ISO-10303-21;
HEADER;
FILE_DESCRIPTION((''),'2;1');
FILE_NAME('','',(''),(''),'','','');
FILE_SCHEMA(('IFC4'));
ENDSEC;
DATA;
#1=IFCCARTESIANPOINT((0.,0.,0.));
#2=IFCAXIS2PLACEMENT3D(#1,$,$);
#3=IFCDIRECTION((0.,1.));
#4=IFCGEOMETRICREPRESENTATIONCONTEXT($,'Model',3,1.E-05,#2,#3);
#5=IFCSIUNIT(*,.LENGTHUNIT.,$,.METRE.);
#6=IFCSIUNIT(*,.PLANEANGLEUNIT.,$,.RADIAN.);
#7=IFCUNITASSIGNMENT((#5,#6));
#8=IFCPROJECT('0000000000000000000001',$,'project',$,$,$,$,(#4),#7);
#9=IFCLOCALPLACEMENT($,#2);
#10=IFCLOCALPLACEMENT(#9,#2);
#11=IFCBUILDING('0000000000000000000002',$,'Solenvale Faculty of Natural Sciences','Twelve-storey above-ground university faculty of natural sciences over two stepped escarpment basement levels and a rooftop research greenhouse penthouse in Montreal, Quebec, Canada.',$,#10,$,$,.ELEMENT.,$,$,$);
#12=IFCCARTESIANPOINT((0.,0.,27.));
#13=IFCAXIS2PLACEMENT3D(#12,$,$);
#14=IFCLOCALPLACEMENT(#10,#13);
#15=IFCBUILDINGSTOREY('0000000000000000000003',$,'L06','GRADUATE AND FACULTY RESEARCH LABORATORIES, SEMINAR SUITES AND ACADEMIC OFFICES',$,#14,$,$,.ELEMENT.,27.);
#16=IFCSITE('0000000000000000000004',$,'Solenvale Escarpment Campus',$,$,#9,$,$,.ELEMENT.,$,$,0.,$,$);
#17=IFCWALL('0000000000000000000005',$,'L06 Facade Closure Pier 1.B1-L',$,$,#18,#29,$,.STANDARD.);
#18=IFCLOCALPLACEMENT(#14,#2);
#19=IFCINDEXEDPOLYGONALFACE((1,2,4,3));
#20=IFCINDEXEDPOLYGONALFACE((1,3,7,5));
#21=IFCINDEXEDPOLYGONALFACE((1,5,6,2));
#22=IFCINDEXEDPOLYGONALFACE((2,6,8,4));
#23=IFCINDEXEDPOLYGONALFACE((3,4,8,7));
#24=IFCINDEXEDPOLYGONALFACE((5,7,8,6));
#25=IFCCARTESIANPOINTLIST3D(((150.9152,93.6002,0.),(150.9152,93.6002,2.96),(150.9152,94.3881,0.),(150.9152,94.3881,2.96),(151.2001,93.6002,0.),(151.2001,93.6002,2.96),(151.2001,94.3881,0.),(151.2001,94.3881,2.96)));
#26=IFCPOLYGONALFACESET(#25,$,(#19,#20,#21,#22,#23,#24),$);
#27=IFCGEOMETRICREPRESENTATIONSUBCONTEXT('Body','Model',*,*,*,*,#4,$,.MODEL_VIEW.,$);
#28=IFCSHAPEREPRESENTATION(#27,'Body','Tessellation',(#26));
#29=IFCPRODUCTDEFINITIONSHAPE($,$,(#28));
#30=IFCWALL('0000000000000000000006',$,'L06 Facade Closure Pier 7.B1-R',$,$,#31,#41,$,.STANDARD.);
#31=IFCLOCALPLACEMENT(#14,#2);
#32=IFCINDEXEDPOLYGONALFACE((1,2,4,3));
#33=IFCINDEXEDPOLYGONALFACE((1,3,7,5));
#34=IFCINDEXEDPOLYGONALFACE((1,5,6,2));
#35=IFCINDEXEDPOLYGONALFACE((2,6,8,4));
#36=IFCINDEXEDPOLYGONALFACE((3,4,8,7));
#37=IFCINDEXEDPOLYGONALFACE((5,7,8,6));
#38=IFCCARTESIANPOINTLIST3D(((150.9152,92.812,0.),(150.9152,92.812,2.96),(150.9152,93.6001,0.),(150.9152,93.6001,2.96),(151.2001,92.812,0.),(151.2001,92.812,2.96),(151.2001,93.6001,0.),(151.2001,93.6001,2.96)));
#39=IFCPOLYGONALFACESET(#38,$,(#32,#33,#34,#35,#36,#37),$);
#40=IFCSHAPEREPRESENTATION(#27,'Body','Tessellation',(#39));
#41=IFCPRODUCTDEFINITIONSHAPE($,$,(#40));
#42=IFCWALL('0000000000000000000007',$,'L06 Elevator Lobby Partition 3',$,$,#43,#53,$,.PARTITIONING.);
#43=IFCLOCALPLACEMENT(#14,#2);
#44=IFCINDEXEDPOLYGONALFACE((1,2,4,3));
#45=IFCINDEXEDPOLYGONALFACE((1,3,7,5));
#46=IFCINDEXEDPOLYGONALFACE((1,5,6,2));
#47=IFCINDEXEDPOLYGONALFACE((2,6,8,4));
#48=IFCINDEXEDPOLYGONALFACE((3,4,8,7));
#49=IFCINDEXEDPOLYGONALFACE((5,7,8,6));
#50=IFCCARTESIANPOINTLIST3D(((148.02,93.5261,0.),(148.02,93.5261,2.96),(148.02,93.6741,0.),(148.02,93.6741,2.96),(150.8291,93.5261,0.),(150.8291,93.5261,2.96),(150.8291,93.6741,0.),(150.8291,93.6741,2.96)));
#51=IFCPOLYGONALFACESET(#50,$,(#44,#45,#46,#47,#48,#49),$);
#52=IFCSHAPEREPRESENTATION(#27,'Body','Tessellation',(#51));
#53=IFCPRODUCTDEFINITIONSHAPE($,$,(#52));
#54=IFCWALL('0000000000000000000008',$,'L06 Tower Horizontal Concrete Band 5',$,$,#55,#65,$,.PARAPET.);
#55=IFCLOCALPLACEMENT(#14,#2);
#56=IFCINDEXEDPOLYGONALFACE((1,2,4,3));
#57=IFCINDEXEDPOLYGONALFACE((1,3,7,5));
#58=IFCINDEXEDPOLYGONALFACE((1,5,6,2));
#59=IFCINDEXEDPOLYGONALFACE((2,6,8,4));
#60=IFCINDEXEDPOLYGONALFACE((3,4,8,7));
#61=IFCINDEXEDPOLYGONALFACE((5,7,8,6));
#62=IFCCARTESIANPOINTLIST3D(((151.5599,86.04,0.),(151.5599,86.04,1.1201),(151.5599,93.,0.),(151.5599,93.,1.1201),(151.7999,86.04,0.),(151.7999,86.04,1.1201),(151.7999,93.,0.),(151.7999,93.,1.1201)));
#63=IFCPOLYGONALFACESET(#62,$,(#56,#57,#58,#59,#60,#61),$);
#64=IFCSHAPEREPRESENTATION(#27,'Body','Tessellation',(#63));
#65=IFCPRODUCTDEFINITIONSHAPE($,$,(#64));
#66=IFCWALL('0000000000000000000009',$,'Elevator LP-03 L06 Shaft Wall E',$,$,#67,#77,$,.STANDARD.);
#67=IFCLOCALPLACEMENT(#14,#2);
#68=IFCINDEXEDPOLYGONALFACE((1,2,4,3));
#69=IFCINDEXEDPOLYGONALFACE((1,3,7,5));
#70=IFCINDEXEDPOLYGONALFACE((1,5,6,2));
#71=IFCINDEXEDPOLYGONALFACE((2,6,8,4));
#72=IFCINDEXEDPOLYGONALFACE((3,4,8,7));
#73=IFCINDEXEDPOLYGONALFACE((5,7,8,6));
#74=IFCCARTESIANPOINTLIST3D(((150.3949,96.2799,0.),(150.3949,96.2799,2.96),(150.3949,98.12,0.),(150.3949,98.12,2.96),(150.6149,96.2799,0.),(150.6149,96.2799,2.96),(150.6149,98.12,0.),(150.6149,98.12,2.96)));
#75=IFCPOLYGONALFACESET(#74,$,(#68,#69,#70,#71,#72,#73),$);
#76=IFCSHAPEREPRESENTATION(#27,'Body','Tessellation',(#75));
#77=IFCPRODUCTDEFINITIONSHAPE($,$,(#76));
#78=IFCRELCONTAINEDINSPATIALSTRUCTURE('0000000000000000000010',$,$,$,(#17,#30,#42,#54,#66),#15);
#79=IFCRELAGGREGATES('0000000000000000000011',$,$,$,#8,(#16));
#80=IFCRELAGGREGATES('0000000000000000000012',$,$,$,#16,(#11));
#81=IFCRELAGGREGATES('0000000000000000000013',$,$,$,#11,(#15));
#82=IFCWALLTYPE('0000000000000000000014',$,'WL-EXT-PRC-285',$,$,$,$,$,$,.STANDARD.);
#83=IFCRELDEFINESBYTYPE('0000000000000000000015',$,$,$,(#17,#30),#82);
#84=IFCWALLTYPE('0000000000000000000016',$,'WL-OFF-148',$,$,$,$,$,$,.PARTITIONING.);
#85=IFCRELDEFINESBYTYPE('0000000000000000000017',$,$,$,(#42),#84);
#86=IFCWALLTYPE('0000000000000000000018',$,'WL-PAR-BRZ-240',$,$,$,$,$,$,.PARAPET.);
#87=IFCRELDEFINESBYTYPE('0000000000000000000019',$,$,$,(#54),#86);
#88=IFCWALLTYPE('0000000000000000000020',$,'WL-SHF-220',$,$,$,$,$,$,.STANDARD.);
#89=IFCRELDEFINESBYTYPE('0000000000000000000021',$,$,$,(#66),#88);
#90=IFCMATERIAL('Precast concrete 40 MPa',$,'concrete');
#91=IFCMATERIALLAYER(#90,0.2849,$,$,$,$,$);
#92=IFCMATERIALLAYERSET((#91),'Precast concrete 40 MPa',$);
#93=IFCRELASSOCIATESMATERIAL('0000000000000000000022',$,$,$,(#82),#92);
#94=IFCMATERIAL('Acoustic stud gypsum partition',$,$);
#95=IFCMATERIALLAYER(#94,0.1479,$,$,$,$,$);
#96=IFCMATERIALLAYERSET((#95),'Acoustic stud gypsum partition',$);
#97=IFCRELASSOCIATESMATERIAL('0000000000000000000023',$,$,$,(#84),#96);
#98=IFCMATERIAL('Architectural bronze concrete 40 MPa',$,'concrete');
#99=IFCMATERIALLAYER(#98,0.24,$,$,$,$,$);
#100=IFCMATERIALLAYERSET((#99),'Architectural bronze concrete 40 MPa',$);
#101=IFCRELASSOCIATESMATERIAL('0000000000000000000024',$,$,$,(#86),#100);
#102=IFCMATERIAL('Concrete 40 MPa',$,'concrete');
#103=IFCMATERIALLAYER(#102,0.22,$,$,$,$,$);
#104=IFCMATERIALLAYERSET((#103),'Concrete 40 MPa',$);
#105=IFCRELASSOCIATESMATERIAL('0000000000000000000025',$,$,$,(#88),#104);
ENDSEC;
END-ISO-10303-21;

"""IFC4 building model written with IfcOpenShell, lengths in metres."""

from ifc_helpers import new_model, si_unit, direction, frame, frame_2d, origin, place, context, subcontext, project, spatial, rectangle, extrude, material, layer, layer_set, type_object, element, save


model = new_model("IFC4")

# Units and contexts
model_context = context("Model", 3, precision=1e-05, world=origin(), true_north=direction((0.0, 1.0)))
body_context = subcontext(model_context, "Body", "Model", "MODEL_VIEW")
ifc_project = project(units=[si_unit("LENGTHUNIT", "METRE"), si_unit("PLANEANGLEUNIT", "RADIAN")], contexts=[model_context])

# Site, building, storey
site_placement = place(None, origin())
site = spatial("IfcSite", under=ifc_project, at=site_placement, Name="Solenvale Escarpment Campus", CompositionType="ELEMENT", RefElevation=0.0)
building_placement = place(site_placement, origin())
building = spatial("IfcBuilding", under=site, at=building_placement, Name="Solenvale Faculty of Natural Sciences", Description="Twelve-storey above-ground university faculty of natural sciences over two stepped escarpment basement levels and a rooftop research greenhouse penthouse in Montreal, Quebec, Canada.", CompositionType="ELEMENT")
storey_placement = place(building_placement, frame((0.0, 0.0, 27.0)))
storey = spatial("IfcBuildingStorey", under=building, at=storey_placement, Name="L06", Description="GRADUATE AND FACULTY RESEARCH LABORATORIES, SEMINAR SUITES AND ACADEMIC OFFICES", CompositionType="ELEMENT", Elevation=27.0)

# Shared definitions
ifc_material_1 = material(Name="Concrete 40 MPa", Category="concrete")

# Walls
ifc_material_2 = material(Name="Precast concrete 40 MPa", Category="concrete")
ifc_layer_1 = layer(ifc_material_2, 0.2849)
ifc_layer_set_1 = layer_set([ifc_layer_1], Name="Precast concrete 40 MPa")
wall_type_1 = type_object("IfcWallType", Name="WL-EXT-PRC-285", PredefinedType="STANDARD", material=ifc_layer_set_1)
wall_1_placement = place(storey_placement, frame((151.0576, 93.6001, 0.0), z_axis=(0.0, 0.0, 1.0), x_axis=(0.0, 1.0, 0.0)))
element("IfcWall", 1, at=wall_1_placement, inside=storey, type_object=wall_type_1, Name="L06 Facade Closure Pier 1.B1-L", PredefinedType="STANDARD", context=body_context, shape_type="SweptSolid", body=[
    extrude(rectangle(XDim=0.7878, YDim=0.2849, at=frame_2d((0.394, 0.0))), origin(), (0.0, 0.0, 1.0), 2.96),
])
wall_2_placement = place(storey_placement, frame((151.0576, 92.812, 0.0), z_axis=(0.0, 0.0, 1.0), x_axis=(0.0, 1.0, 0.0)))
element("IfcWall", 2, at=wall_2_placement, inside=storey, type_object=wall_type_1, Name="L06 Facade Closure Pier 7.B1-R", PredefinedType="STANDARD", context=body_context, shape_type="SweptSolid", body=[
    extrude(rectangle(XDim=0.7881, YDim=0.2849, at=frame_2d((0.394, 0.0))), origin(), (0.0, 0.0, 1.0), 2.96),
])
ifc_material_3 = material(Name="Acoustic stud gypsum partition")
ifc_layer_2 = layer(ifc_material_3, 0.1479)
ifc_layer_set_2 = layer_set([ifc_layer_2], Name="Acoustic stud gypsum partition")
wall_type_2 = type_object("IfcWallType", Name="WL-OFF-148", PredefinedType="PARTITIONING", material=ifc_layer_set_2)
wall_3_placement = place(storey_placement, frame((150.8291, 93.6001, 0.0), z_axis=(0.0, 0.0, 1.0), x_axis=(-1.0, 0.0, 0.0)))
element("IfcWall", 3, at=wall_3_placement, inside=storey, type_object=wall_type_2, Name="L06 Elevator Lobby Partition 3", PredefinedType="PARTITIONING", context=body_context, shape_type="SweptSolid", body=[
    extrude(rectangle(XDim=2.8091, YDim=0.1479, at=frame_2d((1.4045, 0.0))), origin(), (0.0, 0.0, 1.0), 2.96),
])
ifc_material_4 = material(Name="Architectural bronze concrete 40 MPa", Category="concrete")
ifc_layer_3 = layer(ifc_material_4, 0.24)
ifc_layer_set_3 = layer_set([ifc_layer_3], Name="Architectural bronze concrete 40 MPa")
wall_type_3 = type_object("IfcWallType", Name="WL-PAR-BRZ-240", PredefinedType="PARAPET", material=ifc_layer_set_3)
wall_4_placement = place(storey_placement, frame((151.6799, 93.0, 0.0), z_axis=(0.0, 0.0, 1.0), x_axis=(0.0, -1.0, 0.0)))
element("IfcWall", 4, at=wall_4_placement, inside=storey, type_object=wall_type_3, Name="L06 Tower Horizontal Concrete Band 5", PredefinedType="PARAPET", context=body_context, shape_type="SweptSolid", body=[
    extrude(rectangle(XDim=6.96, YDim=0.24, at=frame_2d((3.48, 0.0))), origin(), (0.0, 0.0, 1.0), 1.1201),
])
ifc_layer_4 = layer(ifc_material_1, 0.22)
ifc_layer_set_4 = layer_set([ifc_layer_4], Name="Concrete 40 MPa")
wall_type_4 = type_object("IfcWallType", Name="WL-SHF-220", PredefinedType="STANDARD", material=ifc_layer_set_4)
wall_5_placement = place(storey_placement, frame((150.5049, 96.28, 0.0), z_axis=(0.0, 0.0, 1.0), x_axis=(0.0, 1.0, 0.0)))
element("IfcWall", 5, at=wall_5_placement, inside=storey, type_object=wall_type_4, Name="Elevator LP-03 L06 Shaft Wall E", PredefinedType="STANDARD", context=body_context, shape_type="SweptSolid", body=[
    extrude(rectangle(XDim=1.8401, YDim=0.22, at=frame_2d((0.9199, 0.0))), origin(), (0.0, 0.0, 1.0), 2.96),
])

save(model, "model.ifc")
